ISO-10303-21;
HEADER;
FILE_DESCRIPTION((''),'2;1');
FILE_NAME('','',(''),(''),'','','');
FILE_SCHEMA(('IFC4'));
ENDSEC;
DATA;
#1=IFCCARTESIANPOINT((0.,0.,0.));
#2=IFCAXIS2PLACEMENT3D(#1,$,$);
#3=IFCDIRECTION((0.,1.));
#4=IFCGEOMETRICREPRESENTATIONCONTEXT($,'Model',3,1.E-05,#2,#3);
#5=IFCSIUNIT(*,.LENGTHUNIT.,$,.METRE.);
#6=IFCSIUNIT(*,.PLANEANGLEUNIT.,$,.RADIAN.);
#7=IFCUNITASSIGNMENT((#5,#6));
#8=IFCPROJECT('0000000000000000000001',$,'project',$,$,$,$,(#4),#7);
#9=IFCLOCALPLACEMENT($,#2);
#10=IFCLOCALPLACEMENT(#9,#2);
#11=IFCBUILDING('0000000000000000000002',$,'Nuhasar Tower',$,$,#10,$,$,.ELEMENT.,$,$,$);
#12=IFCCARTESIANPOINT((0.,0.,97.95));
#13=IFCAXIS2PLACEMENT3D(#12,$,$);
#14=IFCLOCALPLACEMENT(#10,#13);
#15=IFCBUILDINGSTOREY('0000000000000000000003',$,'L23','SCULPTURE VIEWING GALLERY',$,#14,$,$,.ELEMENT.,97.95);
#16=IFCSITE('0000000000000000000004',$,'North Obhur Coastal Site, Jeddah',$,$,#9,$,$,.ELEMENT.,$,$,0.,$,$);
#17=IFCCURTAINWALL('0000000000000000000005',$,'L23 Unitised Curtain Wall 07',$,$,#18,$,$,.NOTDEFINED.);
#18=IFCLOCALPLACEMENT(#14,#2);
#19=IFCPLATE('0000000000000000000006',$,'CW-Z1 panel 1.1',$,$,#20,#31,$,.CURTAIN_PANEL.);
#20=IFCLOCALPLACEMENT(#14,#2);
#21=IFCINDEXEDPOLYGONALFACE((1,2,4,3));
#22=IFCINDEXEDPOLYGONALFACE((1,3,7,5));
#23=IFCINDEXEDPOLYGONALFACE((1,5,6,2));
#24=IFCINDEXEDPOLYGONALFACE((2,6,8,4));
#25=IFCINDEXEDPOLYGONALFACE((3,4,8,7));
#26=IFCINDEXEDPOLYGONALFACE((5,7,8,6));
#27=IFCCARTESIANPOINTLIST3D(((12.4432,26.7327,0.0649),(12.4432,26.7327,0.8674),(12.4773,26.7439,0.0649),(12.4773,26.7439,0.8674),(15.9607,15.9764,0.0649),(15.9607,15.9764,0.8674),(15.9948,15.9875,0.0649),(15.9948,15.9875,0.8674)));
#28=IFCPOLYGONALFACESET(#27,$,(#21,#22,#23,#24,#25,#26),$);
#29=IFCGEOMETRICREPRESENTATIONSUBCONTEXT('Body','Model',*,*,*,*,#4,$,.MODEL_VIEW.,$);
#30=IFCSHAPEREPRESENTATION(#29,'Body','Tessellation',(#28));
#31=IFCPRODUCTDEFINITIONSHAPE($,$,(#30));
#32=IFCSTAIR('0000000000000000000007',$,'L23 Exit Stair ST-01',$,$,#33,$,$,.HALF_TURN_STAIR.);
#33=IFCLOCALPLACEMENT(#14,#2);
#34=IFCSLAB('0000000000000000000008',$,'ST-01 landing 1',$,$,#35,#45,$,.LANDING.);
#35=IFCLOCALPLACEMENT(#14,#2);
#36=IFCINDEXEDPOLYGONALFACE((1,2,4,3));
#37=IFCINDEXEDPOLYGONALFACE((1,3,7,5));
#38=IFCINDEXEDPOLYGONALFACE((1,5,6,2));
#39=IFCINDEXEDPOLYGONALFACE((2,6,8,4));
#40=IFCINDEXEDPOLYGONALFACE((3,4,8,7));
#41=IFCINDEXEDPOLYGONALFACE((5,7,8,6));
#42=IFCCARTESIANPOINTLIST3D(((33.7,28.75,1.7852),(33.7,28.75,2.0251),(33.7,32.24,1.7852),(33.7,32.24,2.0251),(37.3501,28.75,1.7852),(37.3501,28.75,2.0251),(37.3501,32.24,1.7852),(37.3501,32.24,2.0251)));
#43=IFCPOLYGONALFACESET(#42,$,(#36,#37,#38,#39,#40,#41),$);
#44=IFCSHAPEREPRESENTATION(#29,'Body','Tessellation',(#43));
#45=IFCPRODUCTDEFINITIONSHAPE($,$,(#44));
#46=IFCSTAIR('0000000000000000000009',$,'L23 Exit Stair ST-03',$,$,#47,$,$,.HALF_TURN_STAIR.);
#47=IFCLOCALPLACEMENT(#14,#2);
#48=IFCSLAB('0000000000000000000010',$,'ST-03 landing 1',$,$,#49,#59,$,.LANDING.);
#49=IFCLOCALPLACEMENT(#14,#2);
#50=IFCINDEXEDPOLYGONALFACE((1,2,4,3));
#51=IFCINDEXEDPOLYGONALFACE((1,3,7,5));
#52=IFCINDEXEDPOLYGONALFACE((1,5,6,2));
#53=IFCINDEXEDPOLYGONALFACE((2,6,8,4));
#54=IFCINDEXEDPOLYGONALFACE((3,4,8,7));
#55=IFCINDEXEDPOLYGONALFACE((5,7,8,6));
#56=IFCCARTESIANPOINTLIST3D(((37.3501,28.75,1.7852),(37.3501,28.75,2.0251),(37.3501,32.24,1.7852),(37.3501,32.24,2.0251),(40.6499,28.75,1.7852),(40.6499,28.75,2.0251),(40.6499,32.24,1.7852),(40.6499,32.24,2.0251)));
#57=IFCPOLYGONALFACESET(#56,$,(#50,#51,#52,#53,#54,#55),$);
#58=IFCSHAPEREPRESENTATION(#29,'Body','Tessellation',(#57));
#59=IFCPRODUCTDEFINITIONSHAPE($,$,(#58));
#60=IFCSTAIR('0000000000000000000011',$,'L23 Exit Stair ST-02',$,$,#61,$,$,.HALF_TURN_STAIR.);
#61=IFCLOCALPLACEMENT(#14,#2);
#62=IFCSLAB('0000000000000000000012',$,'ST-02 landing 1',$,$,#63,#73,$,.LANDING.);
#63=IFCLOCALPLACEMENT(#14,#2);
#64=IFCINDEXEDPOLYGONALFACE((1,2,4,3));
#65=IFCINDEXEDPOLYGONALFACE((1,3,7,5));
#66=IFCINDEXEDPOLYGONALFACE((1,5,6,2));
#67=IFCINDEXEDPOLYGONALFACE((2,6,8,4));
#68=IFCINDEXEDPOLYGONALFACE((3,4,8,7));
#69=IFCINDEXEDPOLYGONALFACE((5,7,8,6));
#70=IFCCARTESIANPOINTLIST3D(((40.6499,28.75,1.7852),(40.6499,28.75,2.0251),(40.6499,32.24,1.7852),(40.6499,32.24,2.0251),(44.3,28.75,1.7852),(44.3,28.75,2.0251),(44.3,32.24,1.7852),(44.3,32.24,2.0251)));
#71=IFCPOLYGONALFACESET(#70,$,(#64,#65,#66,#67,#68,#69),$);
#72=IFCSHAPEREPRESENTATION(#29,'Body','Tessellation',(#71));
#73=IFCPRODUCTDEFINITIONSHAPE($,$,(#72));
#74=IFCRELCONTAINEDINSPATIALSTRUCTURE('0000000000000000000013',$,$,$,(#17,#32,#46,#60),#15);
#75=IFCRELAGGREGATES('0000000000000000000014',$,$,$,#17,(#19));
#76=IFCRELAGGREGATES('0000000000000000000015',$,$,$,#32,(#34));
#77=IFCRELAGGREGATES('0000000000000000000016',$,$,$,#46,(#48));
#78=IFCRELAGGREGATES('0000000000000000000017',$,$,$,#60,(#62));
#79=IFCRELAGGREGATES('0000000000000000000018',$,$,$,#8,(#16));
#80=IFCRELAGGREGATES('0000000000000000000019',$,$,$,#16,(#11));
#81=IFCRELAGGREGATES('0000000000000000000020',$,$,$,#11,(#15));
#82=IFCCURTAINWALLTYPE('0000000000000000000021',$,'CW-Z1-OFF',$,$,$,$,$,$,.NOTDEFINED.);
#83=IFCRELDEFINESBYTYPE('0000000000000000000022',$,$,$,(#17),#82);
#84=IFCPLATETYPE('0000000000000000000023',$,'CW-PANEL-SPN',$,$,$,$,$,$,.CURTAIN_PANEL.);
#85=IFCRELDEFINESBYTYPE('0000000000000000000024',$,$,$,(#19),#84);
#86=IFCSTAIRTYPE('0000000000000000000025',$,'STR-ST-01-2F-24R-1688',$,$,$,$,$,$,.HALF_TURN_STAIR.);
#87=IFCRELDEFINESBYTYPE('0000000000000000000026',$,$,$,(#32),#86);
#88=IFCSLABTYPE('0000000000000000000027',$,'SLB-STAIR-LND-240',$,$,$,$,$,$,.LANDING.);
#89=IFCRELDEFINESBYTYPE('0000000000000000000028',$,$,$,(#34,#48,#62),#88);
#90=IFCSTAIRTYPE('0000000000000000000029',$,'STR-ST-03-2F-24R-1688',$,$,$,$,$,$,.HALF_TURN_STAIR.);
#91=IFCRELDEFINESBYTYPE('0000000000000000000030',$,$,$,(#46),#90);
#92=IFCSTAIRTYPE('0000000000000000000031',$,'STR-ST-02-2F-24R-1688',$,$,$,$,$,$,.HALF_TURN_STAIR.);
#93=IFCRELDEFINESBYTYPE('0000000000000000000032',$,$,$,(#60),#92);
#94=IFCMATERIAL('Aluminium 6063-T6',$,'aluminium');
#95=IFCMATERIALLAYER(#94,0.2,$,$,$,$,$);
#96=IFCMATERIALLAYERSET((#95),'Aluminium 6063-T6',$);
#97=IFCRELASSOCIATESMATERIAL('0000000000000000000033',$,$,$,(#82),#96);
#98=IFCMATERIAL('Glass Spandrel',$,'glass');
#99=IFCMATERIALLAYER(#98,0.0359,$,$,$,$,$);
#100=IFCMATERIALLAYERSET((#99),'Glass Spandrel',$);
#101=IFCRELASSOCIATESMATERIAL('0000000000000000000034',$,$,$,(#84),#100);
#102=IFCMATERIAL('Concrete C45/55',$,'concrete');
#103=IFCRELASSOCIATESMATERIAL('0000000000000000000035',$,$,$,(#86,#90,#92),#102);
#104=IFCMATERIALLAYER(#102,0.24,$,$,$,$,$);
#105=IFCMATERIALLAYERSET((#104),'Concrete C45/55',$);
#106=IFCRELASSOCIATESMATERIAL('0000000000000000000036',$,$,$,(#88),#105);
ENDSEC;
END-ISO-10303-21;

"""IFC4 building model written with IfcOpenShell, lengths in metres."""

from ifc_helpers import new_model, si_unit, direction, frame, origin, origin_2d, place, context, subcontext, project, spatial, polyline, rectangle, outline, extrude, material, layer, layer_set, type_object, element, aggregate, save


model = new_model("IFC4")

# Units and contexts
model_context = context("Model", 3, precision=1e-05, world=origin(), true_north=direction((0.0, 1.0)))
body_context = subcontext(model_context, "Body", "Model", "MODEL_VIEW")
ifc_project = project(units=[si_unit("LENGTHUNIT", "METRE"), si_unit("PLANEANGLEUNIT", "RADIAN")], contexts=[model_context])

# Site, building, storey
site_placement = place(None, origin())
site = spatial("IfcSite", under=ifc_project, at=site_placement, Name="North Obhur Coastal Site, Jeddah", CompositionType="ELEMENT", RefElevation=0.0)
building_placement = place(site_placement, origin())
building = spatial("IfcBuilding", under=site, at=building_placement, Name="Nuhasar Tower", CompositionType="ELEMENT")
storey_placement = place(building_placement, frame((0.0, 0.0, 97.95)))
storey = spatial("IfcBuildingStorey", under=building, at=storey_placement, Name="L23", Description="SCULPTURE VIEWING GALLERY", CompositionType="ELEMENT", Elevation=97.95)

# Curtain wall
ifc_material_1 = material(Name="Aluminium 6063-T6", Category="aluminium")
ifc_layer_1 = layer(ifc_material_1, 0.2)
ifc_layer_set_1 = layer_set([ifc_layer_1], Name="Aluminium 6063-T6")
curtain_wall_type = type_object("IfcCurtainWallType", Name="CW-Z1-OFF", PredefinedType="NOTDEFINED", material=ifc_layer_set_1)
curtain_wall_1_placement = place(storey_placement, origin())
curtain_wall_1 = element("IfcCurtainWall", 1, at=curtain_wall_1_placement, inside=storey, type_object=curtain_wall_type, Name="L23 Unitised Curtain Wall 07", PredefinedType="NOTDEFINED")

# Plate
ifc_material_2 = material(Name="Glass Spandrel", Category="glass")
ifc_layer_2 = layer(ifc_material_2, 0.0359)
ifc_layer_set_2 = layer_set([ifc_layer_2], Name="Glass Spandrel")
plate_type_1 = type_object("IfcPlateType", Name="CW-PANEL-SPN", PredefinedType="CURTAIN_PANEL", material=ifc_layer_set_2)
plate_1_placement = place(storey_placement, frame((14.219, 21.3601, 0.0649), z_axis=(0.0, 0.0, 1.0), x_axis=(0.310824, -0.950468, 0.0)))
plate_1 = element("IfcPlate", 2, at=plate_1_placement, type_object=plate_type_1, Name="CW-Z1 panel 1.1", PredefinedType="CURTAIN_PANEL", context=body_context, shape_type="SweptSolid", body=[
    extrude(rectangle(XDim=11.3169, YDim=0.0359, at=origin_2d()), origin(), (0.0, 0.0, 1.0), 0.8025),
])
aggregate(curtain_wall_1, [plate_1])

# Stairs, slabs
ifc_material_3 = material(Name="Concrete C45/55", Category="concrete")
stair_type_1 = type_object("IfcStairType", Name="STR-ST-01-2F-24R-1688", PredefinedType="HALF_TURN_STAIR", material=ifc_material_3)
stair_1_placement = place(storey_placement, origin())
stair_1 = element("IfcStair", 3, at=stair_1_placement, inside=storey, type_object=stair_type_1, Name="L23 Exit Stair ST-01", PredefinedType="HALF_TURN_STAIR")
ifc_layer_3 = layer(ifc_material_3, 0.24)
ifc_layer_set_3 = layer_set([ifc_layer_3], Name="Concrete C45/55")
slab_type_1 = type_object("IfcSlabType", Name="SLB-STAIR-LND-240", PredefinedType="LANDING", material=ifc_layer_set_3)
slab_1_placement = place(storey_placement, frame((0.0, 0.0, 1.7852)))
slab_1 = element("IfcSlab", 4, at=slab_1_placement, type_object=slab_type_1, Name="ST-01 landing 1", PredefinedType="LANDING", context=body_context, shape_type="SweptSolid", body=[
    extrude(outline(polyline([(33.7, 28.75), (37.3501, 28.75), (37.3501, 32.24), (33.7, 32.24), (33.7, 28.75)])), origin(), (0.0, 0.0, 1.0), 0.24),
])
aggregate(stair_1, [slab_1])
stair_type_2 = type_object("IfcStairType", Name="STR-ST-03-2F-24R-1688", PredefinedType="HALF_TURN_STAIR", material=ifc_material_3)
stair_2_placement = place(storey_placement, origin())
stair_2 = element("IfcStair", 5, at=stair_2_placement, inside=storey, type_object=stair_type_2, Name="L23 Exit Stair ST-03", PredefinedType="HALF_TURN_STAIR")
slab_2_placement = place(storey_placement, frame((0.0, 0.0, 1.7852)))
slab_2 = element("IfcSlab", 6, at=slab_2_placement, type_object=slab_type_1, Name="ST-03 landing 1", PredefinedType="LANDING", context=body_context, shape_type="SweptSolid", body=[
    extrude(outline(polyline([(37.3501, 28.75), (40.6499, 28.75), (40.6499, 32.24), (37.3501, 32.24), (37.3501, 28.75)])), origin(), (0.0, 0.0, 1.0), 0.24),
])
aggregate(stair_2, [slab_2])
stair_type_3 = type_object("IfcStairType", Name="STR-ST-02-2F-24R-1688", PredefinedType="HALF_TURN_STAIR", material=ifc_material_3)
stair_3_placement = place(storey_placement, origin())
stair_3 = element("IfcStair", 7, at=stair_3_placement, inside=storey, type_object=stair_type_3, Name="L23 Exit Stair ST-02", PredefinedType="HALF_TURN_STAIR")
slab_3_placement = place(storey_placement, frame((0.0, 0.0, 1.7852)))
slab_3 = element("IfcSlab", 8, at=slab_3_placement, type_object=slab_type_1, Name="ST-02 landing 1", PredefinedType="LANDING", context=body_context, shape_type="SweptSolid", body=[
    extrude(outline(polyline([(40.6499, 28.75), (44.3, 28.75), (44.3, 32.24), (40.6499, 32.24), (40.6499, 28.75)])), origin(), (0.0, 0.0, 1.0), 0.24),
])
aggregate(stair_3, [slab_3])

save(model, "model.ifc")
